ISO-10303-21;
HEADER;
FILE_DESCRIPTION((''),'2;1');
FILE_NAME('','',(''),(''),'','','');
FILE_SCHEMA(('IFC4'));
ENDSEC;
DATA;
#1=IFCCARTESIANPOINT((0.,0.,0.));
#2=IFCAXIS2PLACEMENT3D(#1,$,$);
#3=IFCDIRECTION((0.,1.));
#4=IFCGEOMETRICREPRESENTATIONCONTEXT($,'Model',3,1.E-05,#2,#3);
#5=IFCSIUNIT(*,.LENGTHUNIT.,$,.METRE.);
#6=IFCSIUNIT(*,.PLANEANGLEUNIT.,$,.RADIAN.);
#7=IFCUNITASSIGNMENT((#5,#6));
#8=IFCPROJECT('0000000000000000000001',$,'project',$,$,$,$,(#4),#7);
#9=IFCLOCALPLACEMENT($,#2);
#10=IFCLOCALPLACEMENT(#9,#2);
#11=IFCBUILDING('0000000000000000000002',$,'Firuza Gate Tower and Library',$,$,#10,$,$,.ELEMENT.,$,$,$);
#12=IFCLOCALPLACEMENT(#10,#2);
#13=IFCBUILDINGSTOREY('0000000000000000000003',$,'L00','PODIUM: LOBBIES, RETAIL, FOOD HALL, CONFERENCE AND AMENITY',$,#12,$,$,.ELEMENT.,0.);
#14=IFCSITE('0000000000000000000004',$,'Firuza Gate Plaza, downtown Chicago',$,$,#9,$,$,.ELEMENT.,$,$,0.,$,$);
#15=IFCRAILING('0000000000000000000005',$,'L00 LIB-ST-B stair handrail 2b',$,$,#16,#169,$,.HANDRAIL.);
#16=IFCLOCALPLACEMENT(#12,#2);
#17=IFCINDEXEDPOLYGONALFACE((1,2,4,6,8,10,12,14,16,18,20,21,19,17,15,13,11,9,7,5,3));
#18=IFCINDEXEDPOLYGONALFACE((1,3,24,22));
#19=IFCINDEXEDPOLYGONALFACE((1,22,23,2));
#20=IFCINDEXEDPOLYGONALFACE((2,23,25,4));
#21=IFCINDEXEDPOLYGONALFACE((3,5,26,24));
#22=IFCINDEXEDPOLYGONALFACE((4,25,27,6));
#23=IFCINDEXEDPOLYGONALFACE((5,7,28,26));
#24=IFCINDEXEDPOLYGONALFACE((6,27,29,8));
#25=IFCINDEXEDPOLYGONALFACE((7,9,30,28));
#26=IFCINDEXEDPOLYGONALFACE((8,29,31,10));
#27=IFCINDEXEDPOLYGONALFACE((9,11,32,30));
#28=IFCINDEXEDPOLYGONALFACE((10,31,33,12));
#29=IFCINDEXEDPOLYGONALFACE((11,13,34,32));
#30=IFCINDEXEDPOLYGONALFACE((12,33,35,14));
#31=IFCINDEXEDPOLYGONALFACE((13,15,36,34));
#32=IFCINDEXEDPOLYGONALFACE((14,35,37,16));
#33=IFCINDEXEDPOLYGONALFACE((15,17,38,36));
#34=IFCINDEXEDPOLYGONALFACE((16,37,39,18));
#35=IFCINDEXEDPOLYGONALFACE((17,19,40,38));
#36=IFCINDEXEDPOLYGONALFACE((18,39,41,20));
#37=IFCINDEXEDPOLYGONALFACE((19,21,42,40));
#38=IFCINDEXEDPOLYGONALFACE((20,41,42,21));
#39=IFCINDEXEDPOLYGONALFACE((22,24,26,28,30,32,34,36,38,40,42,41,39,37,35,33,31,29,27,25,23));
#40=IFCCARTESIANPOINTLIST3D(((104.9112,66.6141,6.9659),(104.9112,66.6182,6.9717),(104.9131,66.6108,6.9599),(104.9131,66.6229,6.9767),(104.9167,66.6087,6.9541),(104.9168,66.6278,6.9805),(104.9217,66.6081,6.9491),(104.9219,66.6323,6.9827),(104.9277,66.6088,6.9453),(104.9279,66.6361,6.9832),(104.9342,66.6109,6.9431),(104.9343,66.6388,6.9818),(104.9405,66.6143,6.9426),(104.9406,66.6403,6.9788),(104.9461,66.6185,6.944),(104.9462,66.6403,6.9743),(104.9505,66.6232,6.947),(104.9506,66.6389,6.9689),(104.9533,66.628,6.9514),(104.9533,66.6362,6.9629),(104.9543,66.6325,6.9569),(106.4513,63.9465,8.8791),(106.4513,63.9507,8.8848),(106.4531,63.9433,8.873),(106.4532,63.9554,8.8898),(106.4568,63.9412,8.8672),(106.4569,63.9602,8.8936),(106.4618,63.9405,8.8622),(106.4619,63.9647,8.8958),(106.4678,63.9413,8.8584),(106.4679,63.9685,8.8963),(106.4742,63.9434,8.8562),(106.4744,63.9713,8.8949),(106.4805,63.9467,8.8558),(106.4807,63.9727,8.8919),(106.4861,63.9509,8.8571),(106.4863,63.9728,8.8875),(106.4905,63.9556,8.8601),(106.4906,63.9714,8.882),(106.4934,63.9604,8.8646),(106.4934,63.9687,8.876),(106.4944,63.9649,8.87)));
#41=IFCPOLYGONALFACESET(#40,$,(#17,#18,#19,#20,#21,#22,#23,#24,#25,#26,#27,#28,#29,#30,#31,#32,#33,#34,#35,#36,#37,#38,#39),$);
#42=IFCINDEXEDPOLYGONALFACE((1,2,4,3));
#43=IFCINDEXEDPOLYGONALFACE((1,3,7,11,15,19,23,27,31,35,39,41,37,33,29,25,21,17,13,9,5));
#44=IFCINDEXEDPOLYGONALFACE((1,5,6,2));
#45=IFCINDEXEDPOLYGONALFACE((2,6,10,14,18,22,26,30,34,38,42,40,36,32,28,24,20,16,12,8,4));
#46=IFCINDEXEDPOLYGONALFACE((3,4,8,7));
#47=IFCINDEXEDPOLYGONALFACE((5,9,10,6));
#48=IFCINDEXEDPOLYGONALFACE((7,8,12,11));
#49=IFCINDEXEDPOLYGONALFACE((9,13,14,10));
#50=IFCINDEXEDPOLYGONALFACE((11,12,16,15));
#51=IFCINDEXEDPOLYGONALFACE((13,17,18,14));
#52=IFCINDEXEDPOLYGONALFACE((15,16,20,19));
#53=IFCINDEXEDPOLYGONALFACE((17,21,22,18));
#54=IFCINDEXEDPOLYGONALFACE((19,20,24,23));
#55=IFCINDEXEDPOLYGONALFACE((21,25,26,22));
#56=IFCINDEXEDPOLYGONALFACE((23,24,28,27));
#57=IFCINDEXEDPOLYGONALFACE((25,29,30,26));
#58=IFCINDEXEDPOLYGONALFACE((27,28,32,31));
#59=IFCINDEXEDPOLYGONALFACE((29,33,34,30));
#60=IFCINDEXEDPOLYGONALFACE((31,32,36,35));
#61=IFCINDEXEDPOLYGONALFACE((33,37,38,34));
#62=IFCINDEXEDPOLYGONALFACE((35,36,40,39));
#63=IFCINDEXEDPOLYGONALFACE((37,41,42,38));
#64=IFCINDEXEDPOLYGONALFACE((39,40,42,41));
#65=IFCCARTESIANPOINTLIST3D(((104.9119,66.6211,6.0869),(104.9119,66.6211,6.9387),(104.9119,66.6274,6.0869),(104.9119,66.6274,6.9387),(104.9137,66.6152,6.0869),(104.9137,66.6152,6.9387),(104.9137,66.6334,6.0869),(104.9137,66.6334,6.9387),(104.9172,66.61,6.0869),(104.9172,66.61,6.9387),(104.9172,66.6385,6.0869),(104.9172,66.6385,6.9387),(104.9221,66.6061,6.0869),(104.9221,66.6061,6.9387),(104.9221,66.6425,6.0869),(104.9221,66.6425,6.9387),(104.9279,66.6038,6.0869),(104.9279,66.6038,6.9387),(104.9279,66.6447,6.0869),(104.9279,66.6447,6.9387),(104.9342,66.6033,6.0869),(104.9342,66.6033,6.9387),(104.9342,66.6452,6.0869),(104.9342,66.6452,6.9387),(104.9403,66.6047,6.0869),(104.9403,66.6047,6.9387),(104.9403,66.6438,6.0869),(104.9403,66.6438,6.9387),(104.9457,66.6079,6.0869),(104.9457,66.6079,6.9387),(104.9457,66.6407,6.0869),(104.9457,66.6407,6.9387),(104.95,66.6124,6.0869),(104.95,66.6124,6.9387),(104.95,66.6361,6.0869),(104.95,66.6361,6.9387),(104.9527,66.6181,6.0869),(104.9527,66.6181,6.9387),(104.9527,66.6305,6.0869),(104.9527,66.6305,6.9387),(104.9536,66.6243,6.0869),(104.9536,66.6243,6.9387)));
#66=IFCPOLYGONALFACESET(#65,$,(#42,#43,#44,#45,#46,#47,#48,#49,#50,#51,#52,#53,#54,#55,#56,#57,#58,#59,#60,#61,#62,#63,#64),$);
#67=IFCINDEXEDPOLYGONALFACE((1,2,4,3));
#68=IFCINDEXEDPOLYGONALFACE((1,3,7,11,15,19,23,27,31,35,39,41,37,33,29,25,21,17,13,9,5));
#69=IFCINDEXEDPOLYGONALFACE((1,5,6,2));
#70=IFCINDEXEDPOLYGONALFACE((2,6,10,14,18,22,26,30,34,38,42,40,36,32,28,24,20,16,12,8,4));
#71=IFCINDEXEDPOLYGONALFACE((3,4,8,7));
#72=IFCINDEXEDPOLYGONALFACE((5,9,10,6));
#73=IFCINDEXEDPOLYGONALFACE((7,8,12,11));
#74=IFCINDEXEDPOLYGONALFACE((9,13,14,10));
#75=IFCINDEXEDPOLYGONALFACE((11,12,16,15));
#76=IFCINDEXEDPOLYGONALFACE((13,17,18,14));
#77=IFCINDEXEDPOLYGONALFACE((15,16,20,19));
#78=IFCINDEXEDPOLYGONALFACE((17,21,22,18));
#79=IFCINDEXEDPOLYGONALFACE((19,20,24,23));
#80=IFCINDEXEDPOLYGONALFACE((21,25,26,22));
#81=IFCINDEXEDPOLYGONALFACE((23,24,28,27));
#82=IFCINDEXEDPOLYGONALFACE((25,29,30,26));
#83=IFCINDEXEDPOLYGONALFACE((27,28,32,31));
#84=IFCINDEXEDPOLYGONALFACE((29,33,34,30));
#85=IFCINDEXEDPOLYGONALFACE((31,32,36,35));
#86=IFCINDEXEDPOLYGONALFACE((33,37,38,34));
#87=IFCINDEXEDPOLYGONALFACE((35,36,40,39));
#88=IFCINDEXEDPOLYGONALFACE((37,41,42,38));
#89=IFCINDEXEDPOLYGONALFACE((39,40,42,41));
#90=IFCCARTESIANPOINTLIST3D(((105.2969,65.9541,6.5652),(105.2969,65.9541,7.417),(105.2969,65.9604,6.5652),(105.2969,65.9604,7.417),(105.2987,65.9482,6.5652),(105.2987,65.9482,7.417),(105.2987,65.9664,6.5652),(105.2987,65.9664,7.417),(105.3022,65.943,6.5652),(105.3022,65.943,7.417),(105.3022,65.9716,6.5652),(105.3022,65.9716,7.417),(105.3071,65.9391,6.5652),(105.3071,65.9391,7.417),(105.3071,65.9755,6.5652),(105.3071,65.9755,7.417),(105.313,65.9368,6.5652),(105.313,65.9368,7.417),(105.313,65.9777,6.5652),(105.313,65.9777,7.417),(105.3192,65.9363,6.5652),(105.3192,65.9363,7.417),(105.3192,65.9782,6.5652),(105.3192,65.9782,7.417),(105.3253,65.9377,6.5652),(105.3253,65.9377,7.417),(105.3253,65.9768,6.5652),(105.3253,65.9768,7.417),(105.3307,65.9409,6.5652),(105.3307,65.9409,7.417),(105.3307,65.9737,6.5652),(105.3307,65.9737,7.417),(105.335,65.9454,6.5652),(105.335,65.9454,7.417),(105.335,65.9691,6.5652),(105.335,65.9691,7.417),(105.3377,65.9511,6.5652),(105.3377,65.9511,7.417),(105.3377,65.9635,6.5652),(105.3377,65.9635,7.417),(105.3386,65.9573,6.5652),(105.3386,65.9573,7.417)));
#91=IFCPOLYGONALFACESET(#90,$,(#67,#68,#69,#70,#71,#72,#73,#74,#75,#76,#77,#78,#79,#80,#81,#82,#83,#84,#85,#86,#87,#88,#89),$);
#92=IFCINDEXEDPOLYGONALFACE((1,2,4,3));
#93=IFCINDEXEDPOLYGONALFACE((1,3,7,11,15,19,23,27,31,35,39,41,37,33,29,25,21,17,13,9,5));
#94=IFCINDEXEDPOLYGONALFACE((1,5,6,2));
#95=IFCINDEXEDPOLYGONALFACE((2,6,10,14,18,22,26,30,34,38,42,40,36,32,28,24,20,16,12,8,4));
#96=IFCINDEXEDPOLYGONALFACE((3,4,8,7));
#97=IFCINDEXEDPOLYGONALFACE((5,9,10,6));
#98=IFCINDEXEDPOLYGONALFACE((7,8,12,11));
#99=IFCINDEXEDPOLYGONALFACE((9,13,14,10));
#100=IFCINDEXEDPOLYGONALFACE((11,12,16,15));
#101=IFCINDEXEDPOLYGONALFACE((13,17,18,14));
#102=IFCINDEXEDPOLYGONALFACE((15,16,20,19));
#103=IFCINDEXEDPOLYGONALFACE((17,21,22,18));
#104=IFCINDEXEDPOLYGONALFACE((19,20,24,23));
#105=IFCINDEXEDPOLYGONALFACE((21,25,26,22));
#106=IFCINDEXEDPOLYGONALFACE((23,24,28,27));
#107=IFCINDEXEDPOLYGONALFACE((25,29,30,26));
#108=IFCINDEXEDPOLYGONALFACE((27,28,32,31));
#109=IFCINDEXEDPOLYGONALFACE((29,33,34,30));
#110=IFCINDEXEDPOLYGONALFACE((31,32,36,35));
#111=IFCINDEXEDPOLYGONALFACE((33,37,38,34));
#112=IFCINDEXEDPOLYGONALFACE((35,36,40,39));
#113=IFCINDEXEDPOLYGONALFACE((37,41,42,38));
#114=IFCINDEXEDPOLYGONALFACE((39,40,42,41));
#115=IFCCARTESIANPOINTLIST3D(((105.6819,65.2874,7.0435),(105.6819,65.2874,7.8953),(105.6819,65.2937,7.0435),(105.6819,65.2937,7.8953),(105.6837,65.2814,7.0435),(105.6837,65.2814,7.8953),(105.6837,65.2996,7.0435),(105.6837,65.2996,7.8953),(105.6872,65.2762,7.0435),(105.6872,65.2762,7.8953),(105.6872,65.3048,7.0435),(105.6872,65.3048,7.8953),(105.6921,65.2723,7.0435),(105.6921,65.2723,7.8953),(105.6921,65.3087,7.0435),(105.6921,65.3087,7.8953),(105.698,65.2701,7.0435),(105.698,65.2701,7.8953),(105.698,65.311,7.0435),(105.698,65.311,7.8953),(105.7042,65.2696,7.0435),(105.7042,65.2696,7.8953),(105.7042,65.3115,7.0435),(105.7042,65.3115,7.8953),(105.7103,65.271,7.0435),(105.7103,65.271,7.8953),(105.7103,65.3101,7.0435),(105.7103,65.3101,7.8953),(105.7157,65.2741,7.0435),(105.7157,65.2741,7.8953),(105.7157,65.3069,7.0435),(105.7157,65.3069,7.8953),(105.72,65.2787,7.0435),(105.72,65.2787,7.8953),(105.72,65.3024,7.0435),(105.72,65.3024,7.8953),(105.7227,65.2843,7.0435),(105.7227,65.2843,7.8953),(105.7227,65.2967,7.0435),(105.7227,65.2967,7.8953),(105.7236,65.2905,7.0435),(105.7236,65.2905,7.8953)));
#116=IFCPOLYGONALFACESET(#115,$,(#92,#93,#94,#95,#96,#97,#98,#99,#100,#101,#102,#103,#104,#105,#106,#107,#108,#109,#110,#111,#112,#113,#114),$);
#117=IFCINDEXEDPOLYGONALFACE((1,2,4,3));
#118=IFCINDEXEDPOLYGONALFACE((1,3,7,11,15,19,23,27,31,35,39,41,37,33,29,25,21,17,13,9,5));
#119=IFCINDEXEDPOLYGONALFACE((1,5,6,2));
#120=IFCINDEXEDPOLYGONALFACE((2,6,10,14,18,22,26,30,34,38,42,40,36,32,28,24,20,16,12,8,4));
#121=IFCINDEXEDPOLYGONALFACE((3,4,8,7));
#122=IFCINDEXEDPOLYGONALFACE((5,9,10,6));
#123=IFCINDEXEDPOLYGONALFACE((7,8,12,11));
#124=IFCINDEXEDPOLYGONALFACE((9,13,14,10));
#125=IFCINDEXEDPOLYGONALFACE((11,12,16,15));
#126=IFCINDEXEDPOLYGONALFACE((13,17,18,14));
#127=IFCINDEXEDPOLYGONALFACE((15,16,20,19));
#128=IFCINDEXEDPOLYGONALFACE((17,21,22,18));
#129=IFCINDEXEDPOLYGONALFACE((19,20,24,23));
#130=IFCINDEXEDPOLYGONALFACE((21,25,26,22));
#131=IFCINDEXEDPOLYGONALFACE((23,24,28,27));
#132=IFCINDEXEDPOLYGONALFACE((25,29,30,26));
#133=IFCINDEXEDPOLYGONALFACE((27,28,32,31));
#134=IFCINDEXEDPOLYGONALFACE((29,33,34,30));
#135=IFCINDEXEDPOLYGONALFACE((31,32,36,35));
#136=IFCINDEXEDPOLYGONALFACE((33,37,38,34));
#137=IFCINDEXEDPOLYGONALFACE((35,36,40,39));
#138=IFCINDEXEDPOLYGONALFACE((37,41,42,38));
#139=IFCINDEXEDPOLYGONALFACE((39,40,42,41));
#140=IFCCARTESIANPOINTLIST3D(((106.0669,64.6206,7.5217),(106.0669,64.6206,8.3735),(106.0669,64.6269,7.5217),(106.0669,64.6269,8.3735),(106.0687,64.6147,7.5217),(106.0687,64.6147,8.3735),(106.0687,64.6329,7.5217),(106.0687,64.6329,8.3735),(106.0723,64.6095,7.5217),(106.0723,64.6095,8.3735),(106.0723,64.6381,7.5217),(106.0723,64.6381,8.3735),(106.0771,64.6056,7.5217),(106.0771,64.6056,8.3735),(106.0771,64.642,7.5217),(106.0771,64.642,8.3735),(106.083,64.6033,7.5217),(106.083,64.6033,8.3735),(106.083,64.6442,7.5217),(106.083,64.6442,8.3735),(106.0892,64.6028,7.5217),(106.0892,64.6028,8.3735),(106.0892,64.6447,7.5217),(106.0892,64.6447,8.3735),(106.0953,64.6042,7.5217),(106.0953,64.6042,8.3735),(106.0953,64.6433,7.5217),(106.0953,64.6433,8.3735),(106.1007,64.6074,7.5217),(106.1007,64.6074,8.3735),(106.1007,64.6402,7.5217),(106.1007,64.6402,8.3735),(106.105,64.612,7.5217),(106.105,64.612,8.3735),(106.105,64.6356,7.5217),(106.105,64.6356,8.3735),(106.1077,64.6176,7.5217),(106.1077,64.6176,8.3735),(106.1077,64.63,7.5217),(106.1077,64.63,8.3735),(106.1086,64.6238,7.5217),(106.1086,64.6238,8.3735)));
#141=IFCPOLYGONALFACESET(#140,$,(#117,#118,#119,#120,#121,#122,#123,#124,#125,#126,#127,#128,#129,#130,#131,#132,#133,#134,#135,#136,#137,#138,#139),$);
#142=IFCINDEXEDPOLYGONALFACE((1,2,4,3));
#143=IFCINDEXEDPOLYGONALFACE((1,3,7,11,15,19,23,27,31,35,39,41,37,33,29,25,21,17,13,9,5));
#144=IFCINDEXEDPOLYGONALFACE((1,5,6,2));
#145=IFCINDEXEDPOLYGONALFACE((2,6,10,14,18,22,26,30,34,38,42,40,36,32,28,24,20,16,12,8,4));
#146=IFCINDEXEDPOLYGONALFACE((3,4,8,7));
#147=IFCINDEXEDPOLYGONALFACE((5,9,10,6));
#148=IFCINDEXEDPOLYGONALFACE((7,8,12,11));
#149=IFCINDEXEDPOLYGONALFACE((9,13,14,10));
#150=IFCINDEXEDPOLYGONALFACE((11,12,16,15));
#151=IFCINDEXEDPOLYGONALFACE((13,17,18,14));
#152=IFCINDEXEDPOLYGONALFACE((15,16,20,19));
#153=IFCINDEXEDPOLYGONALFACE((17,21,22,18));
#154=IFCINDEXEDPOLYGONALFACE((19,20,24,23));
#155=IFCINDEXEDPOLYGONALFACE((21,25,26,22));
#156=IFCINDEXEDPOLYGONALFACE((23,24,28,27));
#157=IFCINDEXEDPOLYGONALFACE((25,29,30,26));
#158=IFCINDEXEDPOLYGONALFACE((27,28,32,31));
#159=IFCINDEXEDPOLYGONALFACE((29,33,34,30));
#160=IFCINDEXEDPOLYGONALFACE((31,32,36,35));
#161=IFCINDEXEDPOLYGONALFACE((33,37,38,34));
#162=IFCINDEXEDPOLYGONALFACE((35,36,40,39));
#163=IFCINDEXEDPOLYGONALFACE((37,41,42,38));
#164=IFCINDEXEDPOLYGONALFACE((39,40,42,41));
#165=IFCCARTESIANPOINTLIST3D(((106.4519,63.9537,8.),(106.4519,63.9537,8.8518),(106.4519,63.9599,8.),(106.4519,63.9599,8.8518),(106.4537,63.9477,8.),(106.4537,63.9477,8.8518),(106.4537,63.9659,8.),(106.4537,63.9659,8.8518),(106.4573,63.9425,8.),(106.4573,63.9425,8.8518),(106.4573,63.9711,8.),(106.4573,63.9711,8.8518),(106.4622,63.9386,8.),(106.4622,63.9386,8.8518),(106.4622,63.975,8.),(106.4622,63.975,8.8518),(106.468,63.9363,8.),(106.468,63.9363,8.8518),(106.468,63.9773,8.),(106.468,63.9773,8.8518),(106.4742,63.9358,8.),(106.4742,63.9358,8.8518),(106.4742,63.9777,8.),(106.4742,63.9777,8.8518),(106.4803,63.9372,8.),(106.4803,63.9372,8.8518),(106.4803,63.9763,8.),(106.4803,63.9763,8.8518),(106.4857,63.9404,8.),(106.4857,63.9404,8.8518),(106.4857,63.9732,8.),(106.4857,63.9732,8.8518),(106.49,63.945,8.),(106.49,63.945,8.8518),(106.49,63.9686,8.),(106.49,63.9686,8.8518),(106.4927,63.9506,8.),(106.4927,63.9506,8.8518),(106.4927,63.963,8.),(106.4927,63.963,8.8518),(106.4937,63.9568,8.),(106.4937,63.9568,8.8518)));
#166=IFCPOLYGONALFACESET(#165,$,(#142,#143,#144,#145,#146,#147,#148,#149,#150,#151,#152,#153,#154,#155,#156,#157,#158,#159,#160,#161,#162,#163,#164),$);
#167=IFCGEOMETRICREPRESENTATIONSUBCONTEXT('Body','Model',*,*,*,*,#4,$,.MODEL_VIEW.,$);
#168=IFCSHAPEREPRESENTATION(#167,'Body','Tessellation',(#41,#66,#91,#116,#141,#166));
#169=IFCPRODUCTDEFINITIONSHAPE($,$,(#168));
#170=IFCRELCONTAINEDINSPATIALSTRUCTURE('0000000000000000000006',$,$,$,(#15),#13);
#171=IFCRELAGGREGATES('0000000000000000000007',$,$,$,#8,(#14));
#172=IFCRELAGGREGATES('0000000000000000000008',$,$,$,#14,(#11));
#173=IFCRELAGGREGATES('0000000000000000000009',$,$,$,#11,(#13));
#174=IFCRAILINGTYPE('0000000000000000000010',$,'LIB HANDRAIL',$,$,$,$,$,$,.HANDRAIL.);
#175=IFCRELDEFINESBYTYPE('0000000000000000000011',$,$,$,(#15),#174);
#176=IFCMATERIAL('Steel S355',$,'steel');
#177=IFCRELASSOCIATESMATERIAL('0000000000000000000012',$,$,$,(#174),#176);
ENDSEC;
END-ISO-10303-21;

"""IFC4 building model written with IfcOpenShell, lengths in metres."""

from ifc_helpers import new_model, si_unit, direction, frame, origin, origin_2d, place, context, subcontext, project, spatial, circle, extrude, material, type_object, element, save


model = new_model("IFC4")

# Units and contexts
model_context = context("Model", 3, precision=1e-05, world=origin(), true_north=direction((0.0, 1.0)))
body_context = subcontext(model_context, "Body", "Model", "MODEL_VIEW")
ifc_project = project(units=[si_unit("LENGTHUNIT", "METRE"), si_unit("PLANEANGLEUNIT", "RADIAN")], contexts=[model_context])

# Site, building, storey
site_placement = place(None, origin())
site = spatial("IfcSite", under=ifc_project, at=site_placement, Name="Firuza Gate Plaza, downtown Chicago", CompositionType="ELEMENT", RefElevation=0.0)
building_placement = place(site_placement, origin())
building = spatial("IfcBuilding", under=site, at=building_placement, Name="Firuza Gate Tower and Library", CompositionType="ELEMENT")
storey_placement = place(building_placement, origin())
storey = spatial("IfcBuildingStorey", under=building, at=storey_placement, Name="L00", Description="PODIUM: LOBBIES, RETAIL, FOOD HALL, CONFERENCE AND AMENITY", CompositionType="ELEMENT", Elevation=0.0)

# Railing
ifc_material_1 = material(Name="Steel S355", Category="steel")
railing_type_1 = type_object("IfcRailingType", Name="LIB HANDRAIL", PredefinedType="HANDRAIL", material=ifc_material_1)
railing_1_placement = place(storey_placement, frame((104.9326, 66.6243, 6.0869)))
element("IfcRailing", 1, at=railing_1_placement, inside=storey, type_object=railing_type_1, Name="L00 LIB-ST-B stair handrail 2b", PredefinedType="HANDRAIL", context=body_context, shape_type="SweptSolid", body=[
    extrude(circle(Radius=0.0239, at=origin_2d()), frame((0.0, 0.0, 0.876), z_axis=(0.424734, -0.735676, 0.527618), x_axis=(0.86603, 0.499992, 0.0)), (0.0, 0.0, 1.0), 3.626),
    extrude(circle(Radius=0.021, at=origin_2d()), origin(), (0.0, 0.0, 1.0), 0.8518),
    extrude(circle(Radius=0.021, at=origin_2d()), frame((0.385, -0.667, 0.4783)), (0.0, 0.0, 1.0), 0.8518),
    extrude(circle(Radius=0.021, at=origin_2d()), frame((0.77, -1.3337, 0.9565)), (0.0, 0.0, 1.0), 0.8518),
    extrude(circle(Radius=0.021, at=origin_2d()), frame((1.155, -2.0005, 1.4348)), (0.0, 0.0, 1.0), 0.8518),
    extrude(circle(Radius=0.021, at=origin_2d()), frame((1.54, -2.6675, 1.9131)), (0.0, 0.0, 1.0), 0.8518),
])

save(model, "model.ifc")
